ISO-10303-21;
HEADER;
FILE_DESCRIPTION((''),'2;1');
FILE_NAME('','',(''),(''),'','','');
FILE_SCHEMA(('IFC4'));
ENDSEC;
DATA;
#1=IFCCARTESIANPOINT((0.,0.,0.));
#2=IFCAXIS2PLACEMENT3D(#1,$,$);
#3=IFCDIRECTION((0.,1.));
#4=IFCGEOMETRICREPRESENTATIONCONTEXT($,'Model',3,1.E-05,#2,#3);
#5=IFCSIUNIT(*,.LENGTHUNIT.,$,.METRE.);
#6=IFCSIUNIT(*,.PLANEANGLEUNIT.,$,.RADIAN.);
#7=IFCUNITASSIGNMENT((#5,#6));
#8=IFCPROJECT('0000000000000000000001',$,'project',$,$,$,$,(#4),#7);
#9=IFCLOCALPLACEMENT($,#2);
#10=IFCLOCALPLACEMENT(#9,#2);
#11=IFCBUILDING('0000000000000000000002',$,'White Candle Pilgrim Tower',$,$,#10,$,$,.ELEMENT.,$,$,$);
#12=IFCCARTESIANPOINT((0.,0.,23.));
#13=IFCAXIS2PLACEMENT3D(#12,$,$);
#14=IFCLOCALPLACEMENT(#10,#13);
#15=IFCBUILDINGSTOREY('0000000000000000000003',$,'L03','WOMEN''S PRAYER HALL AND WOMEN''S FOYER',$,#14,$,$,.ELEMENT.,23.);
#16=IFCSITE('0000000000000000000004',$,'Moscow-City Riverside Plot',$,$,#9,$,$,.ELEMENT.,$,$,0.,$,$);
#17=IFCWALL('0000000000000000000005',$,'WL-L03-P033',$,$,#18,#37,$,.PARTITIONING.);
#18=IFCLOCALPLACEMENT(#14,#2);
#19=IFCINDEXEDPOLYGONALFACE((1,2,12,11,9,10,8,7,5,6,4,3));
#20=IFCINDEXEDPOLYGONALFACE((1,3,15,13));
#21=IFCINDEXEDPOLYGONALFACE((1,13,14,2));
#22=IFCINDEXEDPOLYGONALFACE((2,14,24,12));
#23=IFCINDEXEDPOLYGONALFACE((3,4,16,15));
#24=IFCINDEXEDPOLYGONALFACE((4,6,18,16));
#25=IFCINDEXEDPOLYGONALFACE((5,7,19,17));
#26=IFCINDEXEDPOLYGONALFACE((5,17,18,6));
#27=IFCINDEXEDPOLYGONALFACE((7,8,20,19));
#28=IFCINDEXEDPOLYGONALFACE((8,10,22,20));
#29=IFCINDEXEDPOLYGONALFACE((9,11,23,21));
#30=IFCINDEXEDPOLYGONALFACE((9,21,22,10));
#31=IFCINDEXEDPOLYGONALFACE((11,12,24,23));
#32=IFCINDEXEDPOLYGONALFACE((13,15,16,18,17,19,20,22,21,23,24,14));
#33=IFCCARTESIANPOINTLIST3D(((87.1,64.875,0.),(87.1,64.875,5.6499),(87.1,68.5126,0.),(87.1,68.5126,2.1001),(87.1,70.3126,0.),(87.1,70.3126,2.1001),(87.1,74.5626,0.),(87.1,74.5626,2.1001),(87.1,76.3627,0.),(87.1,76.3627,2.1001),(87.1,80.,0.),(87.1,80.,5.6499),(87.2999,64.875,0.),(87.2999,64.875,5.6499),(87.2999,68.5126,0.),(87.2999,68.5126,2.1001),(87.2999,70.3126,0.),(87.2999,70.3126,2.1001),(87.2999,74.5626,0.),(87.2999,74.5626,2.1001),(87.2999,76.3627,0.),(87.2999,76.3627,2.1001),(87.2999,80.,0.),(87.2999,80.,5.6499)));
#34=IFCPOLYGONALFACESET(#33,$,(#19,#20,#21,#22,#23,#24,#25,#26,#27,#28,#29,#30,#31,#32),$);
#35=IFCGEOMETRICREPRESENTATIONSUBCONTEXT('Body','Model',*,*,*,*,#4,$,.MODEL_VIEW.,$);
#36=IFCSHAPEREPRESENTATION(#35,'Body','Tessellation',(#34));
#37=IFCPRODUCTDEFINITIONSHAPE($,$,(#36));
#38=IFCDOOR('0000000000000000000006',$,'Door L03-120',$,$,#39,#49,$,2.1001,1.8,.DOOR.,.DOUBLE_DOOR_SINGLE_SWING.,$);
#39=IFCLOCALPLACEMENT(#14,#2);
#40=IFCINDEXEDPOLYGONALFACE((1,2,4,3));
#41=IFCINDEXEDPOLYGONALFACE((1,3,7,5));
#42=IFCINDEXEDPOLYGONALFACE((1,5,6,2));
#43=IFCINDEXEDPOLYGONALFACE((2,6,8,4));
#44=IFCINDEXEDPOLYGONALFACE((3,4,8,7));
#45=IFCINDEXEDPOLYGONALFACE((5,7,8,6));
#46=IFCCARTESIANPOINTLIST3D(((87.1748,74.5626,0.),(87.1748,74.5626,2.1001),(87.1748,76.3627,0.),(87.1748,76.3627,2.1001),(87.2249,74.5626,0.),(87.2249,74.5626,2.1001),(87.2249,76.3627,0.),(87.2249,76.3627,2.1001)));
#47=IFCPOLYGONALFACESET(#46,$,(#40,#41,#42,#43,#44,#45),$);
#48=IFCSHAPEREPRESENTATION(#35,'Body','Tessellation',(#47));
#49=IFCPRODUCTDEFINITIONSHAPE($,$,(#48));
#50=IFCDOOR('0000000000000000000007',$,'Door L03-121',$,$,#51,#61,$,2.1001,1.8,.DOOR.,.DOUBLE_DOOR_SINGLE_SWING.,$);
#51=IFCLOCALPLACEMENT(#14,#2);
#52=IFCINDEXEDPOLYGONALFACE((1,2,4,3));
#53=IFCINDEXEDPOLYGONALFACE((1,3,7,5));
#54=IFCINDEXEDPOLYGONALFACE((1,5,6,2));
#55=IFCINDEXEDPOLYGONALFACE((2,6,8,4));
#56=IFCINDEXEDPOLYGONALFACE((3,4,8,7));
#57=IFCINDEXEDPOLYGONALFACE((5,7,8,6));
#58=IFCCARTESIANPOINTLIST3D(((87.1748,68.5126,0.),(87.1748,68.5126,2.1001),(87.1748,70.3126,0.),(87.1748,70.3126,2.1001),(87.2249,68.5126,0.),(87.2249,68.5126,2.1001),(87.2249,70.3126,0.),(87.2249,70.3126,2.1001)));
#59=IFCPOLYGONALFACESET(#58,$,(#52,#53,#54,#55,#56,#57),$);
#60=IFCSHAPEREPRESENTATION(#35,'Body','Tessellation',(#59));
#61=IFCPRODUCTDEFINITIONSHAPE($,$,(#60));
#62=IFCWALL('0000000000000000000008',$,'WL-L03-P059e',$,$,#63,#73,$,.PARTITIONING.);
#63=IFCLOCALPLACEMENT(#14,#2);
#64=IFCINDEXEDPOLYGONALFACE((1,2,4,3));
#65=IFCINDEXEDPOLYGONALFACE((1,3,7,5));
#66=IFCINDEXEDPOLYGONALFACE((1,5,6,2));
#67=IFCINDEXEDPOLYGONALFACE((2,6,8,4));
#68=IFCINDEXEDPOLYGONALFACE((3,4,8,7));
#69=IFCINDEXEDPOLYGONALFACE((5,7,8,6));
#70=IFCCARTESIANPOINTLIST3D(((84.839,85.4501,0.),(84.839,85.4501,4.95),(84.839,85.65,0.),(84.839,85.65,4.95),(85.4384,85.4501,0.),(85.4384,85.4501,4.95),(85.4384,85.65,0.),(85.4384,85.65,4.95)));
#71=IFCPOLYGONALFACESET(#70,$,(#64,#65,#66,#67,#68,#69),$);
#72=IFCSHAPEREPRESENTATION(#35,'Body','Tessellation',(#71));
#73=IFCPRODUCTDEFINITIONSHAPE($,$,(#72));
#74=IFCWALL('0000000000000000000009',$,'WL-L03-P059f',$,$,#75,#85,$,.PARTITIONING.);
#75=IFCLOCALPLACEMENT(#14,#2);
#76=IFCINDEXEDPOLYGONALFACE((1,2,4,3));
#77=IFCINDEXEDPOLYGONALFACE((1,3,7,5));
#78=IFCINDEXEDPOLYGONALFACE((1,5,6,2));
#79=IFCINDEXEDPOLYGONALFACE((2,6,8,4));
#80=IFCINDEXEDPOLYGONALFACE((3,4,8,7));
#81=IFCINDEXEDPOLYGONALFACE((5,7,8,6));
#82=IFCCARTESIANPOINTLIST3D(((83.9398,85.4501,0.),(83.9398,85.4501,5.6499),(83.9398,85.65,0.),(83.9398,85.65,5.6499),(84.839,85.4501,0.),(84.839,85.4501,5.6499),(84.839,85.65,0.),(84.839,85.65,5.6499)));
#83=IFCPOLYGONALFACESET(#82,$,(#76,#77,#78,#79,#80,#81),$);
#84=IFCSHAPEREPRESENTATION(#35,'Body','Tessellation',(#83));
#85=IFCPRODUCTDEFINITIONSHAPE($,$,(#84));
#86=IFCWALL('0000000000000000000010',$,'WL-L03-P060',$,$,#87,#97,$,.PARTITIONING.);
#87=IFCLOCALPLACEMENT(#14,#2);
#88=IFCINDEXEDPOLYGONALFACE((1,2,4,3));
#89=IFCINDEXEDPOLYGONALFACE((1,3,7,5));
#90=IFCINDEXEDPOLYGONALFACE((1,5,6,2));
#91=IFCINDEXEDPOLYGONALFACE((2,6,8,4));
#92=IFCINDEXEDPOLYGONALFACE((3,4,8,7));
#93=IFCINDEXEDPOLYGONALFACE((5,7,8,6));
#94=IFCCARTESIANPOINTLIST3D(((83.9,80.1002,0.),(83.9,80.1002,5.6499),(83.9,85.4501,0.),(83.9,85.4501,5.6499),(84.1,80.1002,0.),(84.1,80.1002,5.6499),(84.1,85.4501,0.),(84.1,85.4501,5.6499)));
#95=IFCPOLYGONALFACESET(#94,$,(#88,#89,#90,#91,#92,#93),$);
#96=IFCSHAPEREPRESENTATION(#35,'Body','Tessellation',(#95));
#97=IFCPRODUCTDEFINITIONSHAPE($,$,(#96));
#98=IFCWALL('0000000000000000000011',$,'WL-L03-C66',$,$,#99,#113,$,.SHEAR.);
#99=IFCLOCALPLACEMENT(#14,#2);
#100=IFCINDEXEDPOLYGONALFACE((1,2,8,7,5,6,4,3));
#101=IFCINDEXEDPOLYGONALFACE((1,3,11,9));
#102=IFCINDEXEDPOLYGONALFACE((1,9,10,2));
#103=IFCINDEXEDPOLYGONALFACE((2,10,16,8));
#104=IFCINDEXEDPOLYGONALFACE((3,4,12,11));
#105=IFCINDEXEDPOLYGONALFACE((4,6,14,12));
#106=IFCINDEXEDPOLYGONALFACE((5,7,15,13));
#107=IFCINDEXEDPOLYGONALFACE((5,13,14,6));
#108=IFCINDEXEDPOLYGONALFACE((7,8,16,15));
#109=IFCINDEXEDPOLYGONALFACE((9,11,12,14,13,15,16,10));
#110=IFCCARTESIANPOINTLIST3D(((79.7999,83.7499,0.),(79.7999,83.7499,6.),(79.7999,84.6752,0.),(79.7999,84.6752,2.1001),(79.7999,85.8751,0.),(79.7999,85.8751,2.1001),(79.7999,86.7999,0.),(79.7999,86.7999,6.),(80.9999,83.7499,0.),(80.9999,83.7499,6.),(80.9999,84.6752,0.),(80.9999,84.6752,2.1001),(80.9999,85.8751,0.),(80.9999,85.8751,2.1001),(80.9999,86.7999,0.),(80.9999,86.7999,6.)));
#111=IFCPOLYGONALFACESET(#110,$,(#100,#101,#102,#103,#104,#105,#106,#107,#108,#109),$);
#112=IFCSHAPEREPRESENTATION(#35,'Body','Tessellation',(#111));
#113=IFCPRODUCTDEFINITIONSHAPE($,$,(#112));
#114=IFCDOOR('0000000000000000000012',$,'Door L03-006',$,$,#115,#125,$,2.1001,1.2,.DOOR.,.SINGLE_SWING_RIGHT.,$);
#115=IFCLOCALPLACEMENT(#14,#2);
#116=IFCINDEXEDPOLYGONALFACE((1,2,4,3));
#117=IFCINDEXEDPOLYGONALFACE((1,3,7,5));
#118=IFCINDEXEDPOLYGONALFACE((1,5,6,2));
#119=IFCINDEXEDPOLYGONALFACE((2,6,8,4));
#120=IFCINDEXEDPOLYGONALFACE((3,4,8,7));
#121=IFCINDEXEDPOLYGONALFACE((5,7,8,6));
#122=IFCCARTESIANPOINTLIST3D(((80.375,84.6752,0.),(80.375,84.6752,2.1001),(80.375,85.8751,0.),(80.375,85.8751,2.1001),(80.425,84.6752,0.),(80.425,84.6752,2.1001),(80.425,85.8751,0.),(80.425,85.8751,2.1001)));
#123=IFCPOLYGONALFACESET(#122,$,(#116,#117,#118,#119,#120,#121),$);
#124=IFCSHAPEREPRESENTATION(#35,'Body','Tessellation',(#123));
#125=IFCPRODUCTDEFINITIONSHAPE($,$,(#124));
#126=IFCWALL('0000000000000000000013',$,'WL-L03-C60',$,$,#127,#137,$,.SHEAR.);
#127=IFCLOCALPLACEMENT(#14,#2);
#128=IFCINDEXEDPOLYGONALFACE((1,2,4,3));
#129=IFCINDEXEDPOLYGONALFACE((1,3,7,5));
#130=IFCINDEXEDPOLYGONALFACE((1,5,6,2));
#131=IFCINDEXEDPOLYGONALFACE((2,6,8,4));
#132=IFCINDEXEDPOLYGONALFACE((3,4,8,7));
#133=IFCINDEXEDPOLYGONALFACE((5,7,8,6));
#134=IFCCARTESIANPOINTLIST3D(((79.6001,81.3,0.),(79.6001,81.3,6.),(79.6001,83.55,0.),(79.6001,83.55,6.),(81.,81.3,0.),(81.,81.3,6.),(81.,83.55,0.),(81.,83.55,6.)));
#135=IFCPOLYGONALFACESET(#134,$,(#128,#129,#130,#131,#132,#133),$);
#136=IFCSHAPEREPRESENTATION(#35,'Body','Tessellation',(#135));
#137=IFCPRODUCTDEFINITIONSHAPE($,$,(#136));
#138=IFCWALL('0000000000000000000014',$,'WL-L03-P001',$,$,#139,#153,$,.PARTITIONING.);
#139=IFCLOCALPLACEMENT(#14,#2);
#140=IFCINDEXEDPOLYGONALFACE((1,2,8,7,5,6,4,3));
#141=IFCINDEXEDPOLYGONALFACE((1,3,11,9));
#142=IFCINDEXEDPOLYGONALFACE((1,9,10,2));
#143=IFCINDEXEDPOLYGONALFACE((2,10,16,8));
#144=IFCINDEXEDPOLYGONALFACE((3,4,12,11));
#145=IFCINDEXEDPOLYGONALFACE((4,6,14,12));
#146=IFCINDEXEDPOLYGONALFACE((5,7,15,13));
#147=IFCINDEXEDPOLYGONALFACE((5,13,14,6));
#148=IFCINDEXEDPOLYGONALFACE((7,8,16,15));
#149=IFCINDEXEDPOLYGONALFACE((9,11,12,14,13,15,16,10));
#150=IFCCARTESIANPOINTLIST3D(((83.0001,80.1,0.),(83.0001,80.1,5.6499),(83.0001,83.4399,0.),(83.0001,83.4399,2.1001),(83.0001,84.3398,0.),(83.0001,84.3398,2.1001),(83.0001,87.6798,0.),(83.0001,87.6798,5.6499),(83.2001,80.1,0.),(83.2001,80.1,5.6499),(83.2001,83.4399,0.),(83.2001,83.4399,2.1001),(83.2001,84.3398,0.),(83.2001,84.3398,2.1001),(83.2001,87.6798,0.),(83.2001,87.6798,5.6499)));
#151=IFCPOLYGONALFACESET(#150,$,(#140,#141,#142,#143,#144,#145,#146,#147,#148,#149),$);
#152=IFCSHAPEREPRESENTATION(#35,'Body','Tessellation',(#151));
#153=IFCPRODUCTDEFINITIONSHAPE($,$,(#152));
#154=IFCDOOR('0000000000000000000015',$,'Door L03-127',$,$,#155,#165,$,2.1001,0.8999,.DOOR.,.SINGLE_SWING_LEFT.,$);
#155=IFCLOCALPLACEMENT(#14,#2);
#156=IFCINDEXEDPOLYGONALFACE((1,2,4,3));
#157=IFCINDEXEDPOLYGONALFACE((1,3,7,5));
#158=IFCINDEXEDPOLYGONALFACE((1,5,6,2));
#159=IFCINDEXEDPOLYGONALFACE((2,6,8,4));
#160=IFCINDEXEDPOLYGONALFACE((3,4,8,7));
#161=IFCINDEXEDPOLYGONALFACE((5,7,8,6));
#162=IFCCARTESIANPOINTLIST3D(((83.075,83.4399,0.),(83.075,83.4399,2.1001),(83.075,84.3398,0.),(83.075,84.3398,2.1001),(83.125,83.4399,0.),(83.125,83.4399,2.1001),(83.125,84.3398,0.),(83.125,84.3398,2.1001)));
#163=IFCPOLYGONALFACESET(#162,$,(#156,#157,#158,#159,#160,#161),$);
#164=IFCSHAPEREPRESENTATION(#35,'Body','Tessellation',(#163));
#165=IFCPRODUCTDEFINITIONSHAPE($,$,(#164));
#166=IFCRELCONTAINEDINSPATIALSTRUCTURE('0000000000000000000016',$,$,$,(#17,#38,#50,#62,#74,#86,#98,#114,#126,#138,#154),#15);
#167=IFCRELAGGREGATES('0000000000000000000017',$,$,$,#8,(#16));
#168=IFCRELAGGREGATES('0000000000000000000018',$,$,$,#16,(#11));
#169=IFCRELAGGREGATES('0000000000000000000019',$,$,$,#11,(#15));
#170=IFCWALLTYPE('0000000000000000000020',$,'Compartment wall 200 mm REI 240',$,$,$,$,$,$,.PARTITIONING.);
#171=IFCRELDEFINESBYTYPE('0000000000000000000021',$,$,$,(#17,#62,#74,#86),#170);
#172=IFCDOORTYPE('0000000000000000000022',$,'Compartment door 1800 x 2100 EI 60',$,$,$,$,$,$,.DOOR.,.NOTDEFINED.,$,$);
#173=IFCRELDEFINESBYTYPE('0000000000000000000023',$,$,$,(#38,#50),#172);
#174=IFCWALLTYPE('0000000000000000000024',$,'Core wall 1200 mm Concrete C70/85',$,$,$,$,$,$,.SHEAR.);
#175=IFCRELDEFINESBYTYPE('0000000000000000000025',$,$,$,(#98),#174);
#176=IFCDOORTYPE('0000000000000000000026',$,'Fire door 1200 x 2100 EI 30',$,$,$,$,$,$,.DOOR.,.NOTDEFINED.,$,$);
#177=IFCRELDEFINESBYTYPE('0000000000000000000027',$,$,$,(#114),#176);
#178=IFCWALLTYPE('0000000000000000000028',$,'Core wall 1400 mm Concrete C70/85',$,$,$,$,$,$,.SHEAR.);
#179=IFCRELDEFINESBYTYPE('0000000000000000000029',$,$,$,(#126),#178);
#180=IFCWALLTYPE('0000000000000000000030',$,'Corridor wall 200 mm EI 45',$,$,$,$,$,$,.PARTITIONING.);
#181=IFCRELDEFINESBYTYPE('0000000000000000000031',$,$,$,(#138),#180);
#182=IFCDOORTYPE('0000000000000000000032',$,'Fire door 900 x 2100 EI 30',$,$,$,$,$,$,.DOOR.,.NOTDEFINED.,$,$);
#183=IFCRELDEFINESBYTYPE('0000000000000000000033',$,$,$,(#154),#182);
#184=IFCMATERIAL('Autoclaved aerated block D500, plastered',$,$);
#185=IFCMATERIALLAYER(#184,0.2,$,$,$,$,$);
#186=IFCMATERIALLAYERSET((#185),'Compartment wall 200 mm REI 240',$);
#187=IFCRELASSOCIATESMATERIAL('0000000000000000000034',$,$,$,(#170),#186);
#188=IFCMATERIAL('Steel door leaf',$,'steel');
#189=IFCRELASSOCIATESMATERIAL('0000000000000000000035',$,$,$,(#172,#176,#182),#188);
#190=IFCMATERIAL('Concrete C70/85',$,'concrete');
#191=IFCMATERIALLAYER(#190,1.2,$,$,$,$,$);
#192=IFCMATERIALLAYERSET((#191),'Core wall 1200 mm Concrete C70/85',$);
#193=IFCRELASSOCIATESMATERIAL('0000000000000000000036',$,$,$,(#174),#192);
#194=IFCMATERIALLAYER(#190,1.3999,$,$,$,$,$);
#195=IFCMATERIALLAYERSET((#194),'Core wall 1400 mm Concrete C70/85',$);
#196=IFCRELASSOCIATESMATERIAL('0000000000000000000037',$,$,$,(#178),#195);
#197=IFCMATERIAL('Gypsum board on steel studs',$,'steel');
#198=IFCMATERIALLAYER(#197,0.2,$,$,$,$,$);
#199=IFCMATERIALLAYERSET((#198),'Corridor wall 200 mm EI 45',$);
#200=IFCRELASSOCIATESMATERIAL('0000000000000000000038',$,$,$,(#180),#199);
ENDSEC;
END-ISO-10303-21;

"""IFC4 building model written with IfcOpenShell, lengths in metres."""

from ifc_helpers import new_model, si_unit, direction, frame, frame_2d, origin, place, context, subcontext, project, spatial, rectangle, extrude, material, layer, layer_set, type_object, element, fill, save


model = new_model("IFC4")

# Units and contexts
model_context = context("Model", 3, precision=1e-05, world=origin(), true_north=direction((0.0, 1.0)))
body_context = subcontext(model_context, "Body", "Model", "MODEL_VIEW")
ifc_project = project(units=[si_unit("LENGTHUNIT", "METRE"), si_unit("PLANEANGLEUNIT", "RADIAN")], contexts=[model_context])

# Site, building, storey
site_placement = place(None, origin())
site = spatial("IfcSite", under=ifc_project, at=site_placement, Name="Moscow-City Riverside Plot", CompositionType="ELEMENT", RefElevation=0.0)
building_placement = place(site_placement, origin())
building = spatial("IfcBuilding", under=site, at=building_placement, Name="White Candle Pilgrim Tower", CompositionType="ELEMENT")
storey_placement = place(building_placement, frame((0.0, 0.0, 23.0)))
storey = spatial("IfcBuildingStorey", under=building, at=storey_placement, Name="L03", Description="WOMEN'S PRAYER HALL AND WOMEN'S FOYER", CompositionType="ELEMENT", Elevation=23.0)

# Shared definitions
ifc_material_1 = material(Name="Autoclaved aerated block D500, plastered")
ifc_layer_1 = layer(ifc_material_1, 0.2)
ifc_layer_set_1 = layer_set([ifc_layer_1], Name="Compartment wall 200 mm REI 240")
wall_type_1 = type_object("IfcWallType", Name="Compartment wall 200 mm REI 240", PredefinedType="PARTITIONING", material=ifc_layer_set_1)

# Wall, openings, doors
wall_1_placement = place(storey_placement, frame((87.2, 80.0, 0.0), z_axis=(0.0, 0.0, 1.0), x_axis=(0.0, -1.0, 0.0)))
wall_1 = element("IfcWall", 1, at=wall_1_placement, inside=storey, type_object=wall_type_1, Name="WL-L03-P033", PredefinedType="PARTITIONING", context=body_context, shape_type="SweptSolid", body=[
    extrude(rectangle(XDim=15.125, YDim=0.2, at=frame_2d((7.5625, 0.0))), origin(), (0.0, 0.0, 1.0), 5.6499),
])
opening_1_placement = place(wall_1_placement, frame((3.6375, 0.0, 0.0)))
opening_1 = element("IfcOpeningElement", 2, at=opening_1_placement, cuts=wall_1, PredefinedType="OPENING", context=body_context, shape_type="SweptSolid", body=[
    extrude(rectangle(XDim=1.8, YDim=2.1001, at=frame_2d((0.8999, 1.05))), frame((0.0, 0.1099, 0.0), z_axis=(0.0, -1.0, 0.0), x_axis=(1.0, 0.0, 0.0)), (0.0, 0.0, 1.0), 0.22),
])
opening_2_placement = place(wall_1_placement, frame((9.6875, 0.0, 0.0)))
opening_2 = element("IfcOpeningElement", 3, at=opening_2_placement, cuts=wall_1, PredefinedType="OPENING", context=body_context, shape_type="SweptSolid", body=[
    extrude(rectangle(XDim=1.8, YDim=2.1001, at=frame_2d((0.8999, 1.05))), frame((0.0, 0.1099, 0.0), z_axis=(0.0, -1.0, 0.0), x_axis=(1.0, 0.0, 0.0)), (0.0, 0.0, 1.0), 0.22),
])
ifc_material_2 = material(Name="Steel door leaf", Category="steel")
door_type_1 = type_object("IfcDoorType", Name="Compartment door 1800 x 2100 EI 60", OperationType="NOTDEFINED", PredefinedType="DOOR", material=ifc_material_2)
door_1_placement = place(opening_1_placement, origin())
door_1 = element("IfcDoor", 4, at=door_1_placement, inside=storey, type_object=door_type_1, Name="Door L03-120", OperationType="DOUBLE_DOOR_SINGLE_SWING", OverallHeight=2.1001, OverallWidth=1.8, PredefinedType="DOOR", context=body_context, shape_type="SweptSolid", body=[
    extrude(rectangle(XDim=1.8, YDim=2.1001, at=frame_2d((0.8999, 1.05))), frame((0.0, 0.0249, 0.0), z_axis=(0.0, -1.0, 0.0), x_axis=(1.0, 0.0, 0.0)), (0.0, 0.0, 1.0), 0.05),
])
fill(opening_1, door_1)
door_2_placement = place(opening_2_placement, origin())
door_2 = element("IfcDoor", 5, at=door_2_placement, inside=storey, type_object=door_type_1, Name="Door L03-121", OperationType="DOUBLE_DOOR_SINGLE_SWING", OverallHeight=2.1001, OverallWidth=1.8, PredefinedType="DOOR", context=body_context, shape_type="SweptSolid", body=[
    extrude(rectangle(XDim=1.8, YDim=2.1001, at=frame_2d((0.8999, 1.05))), frame((0.0, 0.0249, 0.0), z_axis=(0.0, -1.0, 0.0), x_axis=(1.0, 0.0, 0.0)), (0.0, 0.0, 1.0), 0.05),
])
fill(opening_2, door_2)

# Walls
wall_2_placement = place(storey_placement, frame((85.4385, 85.55, 0.0), z_axis=(0.0, 0.0, 1.0), x_axis=(-1.0, 0.0, 0.0)))
element("IfcWall", 6, at=wall_2_placement, inside=storey, type_object=wall_type_1, Name="WL-L03-P059e", PredefinedType="PARTITIONING", context=body_context, shape_type="SweptSolid", body=[
    extrude(rectangle(XDim=0.5994, YDim=0.2, at=frame_2d((0.2998, 0.0))), origin(), (0.0, 0.0, 1.0), 4.95),
])
wall_3_placement = place(storey_placement, frame((84.8391, 85.55, 0.0), z_axis=(0.0, 0.0, 1.0), x_axis=(-1.0, 0.0, 0.0)))
element("IfcWall", 7, at=wall_3_placement, inside=storey, type_object=wall_type_1, Name="WL-L03-P059f", PredefinedType="PARTITIONING", context=body_context, shape_type="SweptSolid", body=[
    extrude(rectangle(XDim=0.8992, YDim=0.2, at=frame_2d((0.4497, 0.0))), origin(), (0.0, 0.0, 1.0), 5.6499),
])
wall_4_placement = place(storey_placement, frame((84.0, 85.45, 0.0), z_axis=(0.0, 0.0, 1.0), x_axis=(0.0, -1.0, 0.0)))
element("IfcWall", 8, at=wall_4_placement, inside=storey, type_object=wall_type_1, Name="WL-L03-P060", PredefinedType="PARTITIONING", context=body_context, shape_type="SweptSolid", body=[
    extrude(rectangle(XDim=5.3499, YDim=0.2, at=frame_2d((2.6748, 0.0))), origin(), (0.0, 0.0, 1.0), 5.6499),
])

# Wall, opening, door
ifc_material_3 = material(Name="Concrete C70/85", Category="concrete")
ifc_layer_2 = layer(ifc_material_3, 1.2)
ifc_layer_set_2 = layer_set([ifc_layer_2], Name="Core wall 1200 mm Concrete C70/85")
wall_type_2 = type_object("IfcWallType", Name="Core wall 1200 mm Concrete C70/85", PredefinedType="SHEAR", material=ifc_layer_set_2)
wall_5_placement = place(storey_placement, frame((80.3999, 83.75, 0.0), z_axis=(0.0, 0.0, 1.0), x_axis=(0.0, 1.0, 0.0)))
wall_5 = element("IfcWall", 9, at=wall_5_placement, inside=storey, type_object=wall_type_2, Name="WL-L03-C66", PredefinedType="SHEAR", context=body_context, shape_type="SweptSolid", body=[
    extrude(rectangle(XDim=3.05, YDim=1.2, at=frame_2d((1.5249, 0.0))), origin(), (0.0, 0.0, 1.0), 6.0),
])
opening_3_placement = place(wall_5_placement, frame((0.925, 0.0, 0.0)))
opening_3 = element("IfcOpeningElement", 10, at=opening_3_placement, cuts=wall_5, PredefinedType="OPENING", context=body_context, shape_type="SweptSolid", body=[
    extrude(rectangle(XDim=1.2, YDim=2.1001, at=frame_2d((0.6001, 1.05))), frame((0.0, 0.6099, 0.0), z_axis=(0.0, -1.0, 0.0), x_axis=(1.0, 0.0, 0.0)), (0.0, 0.0, 1.0), 1.22),
])
door_type_2 = type_object("IfcDoorType", Name="Fire door 1200 x 2100 EI 30", OperationType="NOTDEFINED", PredefinedType="DOOR", material=ifc_material_2)
door_3_placement = place(opening_3_placement, origin())
door_3 = element("IfcDoor", 11, at=door_3_placement, inside=storey, type_object=door_type_2, Name="Door L03-006", OperationType="SINGLE_SWING_RIGHT", OverallHeight=2.1001, OverallWidth=1.2, PredefinedType="DOOR", context=body_context, shape_type="SweptSolid", body=[
    extrude(rectangle(XDim=1.2, YDim=2.1001, at=frame_2d((0.6001, 1.05))), frame((0.0, 0.0249, 0.0), z_axis=(0.0, -1.0, 0.0), x_axis=(1.0, 0.0, 0.0)), (0.0, 0.0, 1.0), 0.05),
])
fill(opening_3, door_3)

# Wall
ifc_layer_3 = layer(ifc_material_3, 1.3999)
ifc_layer_set_3 = layer_set([ifc_layer_3], Name="Core wall 1400 mm Concrete C70/85")
wall_type_3 = type_object("IfcWallType", Name="Core wall 1400 mm Concrete C70/85", PredefinedType="SHEAR", material=ifc_layer_set_3)
wall_6_placement = place(storey_placement, frame((80.3, 81.3, 0.0), z_axis=(0.0, 0.0, 1.0), x_axis=(0.0, 1.0, 0.0)))
element("IfcWall", 12, at=wall_6_placement, inside=storey, type_object=wall_type_3, Name="WL-L03-C60", PredefinedType="SHEAR", context=body_context, shape_type="SweptSolid", body=[
    extrude(rectangle(XDim=2.25, YDim=1.3999, at=frame_2d((1.125, 0.0))), origin(), (0.0, 0.0, 1.0), 6.0),
])

# Wall, opening, door
ifc_material_4 = material(Name="Gypsum board on steel studs", Category="steel")
ifc_layer_4 = layer(ifc_material_4, 0.2)
ifc_layer_set_4 = layer_set([ifc_layer_4], Name="Corridor wall 200 mm EI 45")
wall_type_4 = type_object("IfcWallType", Name="Corridor wall 200 mm EI 45", PredefinedType="PARTITIONING", material=ifc_layer_set_4)
wall_7_placement = place(storey_placement, frame((83.1001, 87.6799, 0.0), z_axis=(0.0, 0.0, 1.0), x_axis=(0.0, -1.0, 0.0)))
wall_7 = element("IfcWall", 13, at=wall_7_placement, inside=storey, type_object=wall_type_4, Name="WL-L03-P001", PredefinedType="PARTITIONING", context=body_context, shape_type="SweptSolid", body=[
    extrude(rectangle(XDim=7.5798, YDim=0.2, at=frame_2d((3.79, 0.0))), origin(), (0.0, 0.0, 1.0), 5.6499),
])
opening_4_placement = place(wall_7_placement, frame((3.3401, 0.0, 0.0)))
opening_4 = element("IfcOpeningElement", 14, at=opening_4_placement, cuts=wall_7, PredefinedType="OPENING", context=body_context, shape_type="SweptSolid", body=[
    extrude(rectangle(XDim=0.8999, YDim=2.1001, at=frame_2d((0.45, 1.05))), frame((0.0, 0.1099, 0.0), z_axis=(0.0, -1.0, 0.0), x_axis=(1.0, 0.0, 0.0)), (0.0, 0.0, 1.0), 0.22),
])
door_type_3 = type_object("IfcDoorType", Name="Fire door 900 x 2100 EI 30", OperationType="NOTDEFINED", PredefinedType="DOOR", material=ifc_material_2)
door_4_placement = place(opening_4_placement, origin())
door_4 = element("IfcDoor", 15, at=door_4_placement, inside=storey, type_object=door_type_3, Name="Door L03-127", OperationType="SINGLE_SWING_LEFT", OverallHeight=2.1001, OverallWidth=0.8999, PredefinedType="DOOR", context=body_context, shape_type="SweptSolid", body=[
    extrude(rectangle(XDim=0.8999, YDim=2.1001, at=frame_2d((0.45, 1.05))), frame((0.0, 0.0249, 0.0), z_axis=(0.0, -1.0, 0.0), x_axis=(1.0, 0.0, 0.0)), (0.0, 0.0, 1.0), 0.05),
])
fill(opening_4, door_4)

save(model, "model.ifc")
